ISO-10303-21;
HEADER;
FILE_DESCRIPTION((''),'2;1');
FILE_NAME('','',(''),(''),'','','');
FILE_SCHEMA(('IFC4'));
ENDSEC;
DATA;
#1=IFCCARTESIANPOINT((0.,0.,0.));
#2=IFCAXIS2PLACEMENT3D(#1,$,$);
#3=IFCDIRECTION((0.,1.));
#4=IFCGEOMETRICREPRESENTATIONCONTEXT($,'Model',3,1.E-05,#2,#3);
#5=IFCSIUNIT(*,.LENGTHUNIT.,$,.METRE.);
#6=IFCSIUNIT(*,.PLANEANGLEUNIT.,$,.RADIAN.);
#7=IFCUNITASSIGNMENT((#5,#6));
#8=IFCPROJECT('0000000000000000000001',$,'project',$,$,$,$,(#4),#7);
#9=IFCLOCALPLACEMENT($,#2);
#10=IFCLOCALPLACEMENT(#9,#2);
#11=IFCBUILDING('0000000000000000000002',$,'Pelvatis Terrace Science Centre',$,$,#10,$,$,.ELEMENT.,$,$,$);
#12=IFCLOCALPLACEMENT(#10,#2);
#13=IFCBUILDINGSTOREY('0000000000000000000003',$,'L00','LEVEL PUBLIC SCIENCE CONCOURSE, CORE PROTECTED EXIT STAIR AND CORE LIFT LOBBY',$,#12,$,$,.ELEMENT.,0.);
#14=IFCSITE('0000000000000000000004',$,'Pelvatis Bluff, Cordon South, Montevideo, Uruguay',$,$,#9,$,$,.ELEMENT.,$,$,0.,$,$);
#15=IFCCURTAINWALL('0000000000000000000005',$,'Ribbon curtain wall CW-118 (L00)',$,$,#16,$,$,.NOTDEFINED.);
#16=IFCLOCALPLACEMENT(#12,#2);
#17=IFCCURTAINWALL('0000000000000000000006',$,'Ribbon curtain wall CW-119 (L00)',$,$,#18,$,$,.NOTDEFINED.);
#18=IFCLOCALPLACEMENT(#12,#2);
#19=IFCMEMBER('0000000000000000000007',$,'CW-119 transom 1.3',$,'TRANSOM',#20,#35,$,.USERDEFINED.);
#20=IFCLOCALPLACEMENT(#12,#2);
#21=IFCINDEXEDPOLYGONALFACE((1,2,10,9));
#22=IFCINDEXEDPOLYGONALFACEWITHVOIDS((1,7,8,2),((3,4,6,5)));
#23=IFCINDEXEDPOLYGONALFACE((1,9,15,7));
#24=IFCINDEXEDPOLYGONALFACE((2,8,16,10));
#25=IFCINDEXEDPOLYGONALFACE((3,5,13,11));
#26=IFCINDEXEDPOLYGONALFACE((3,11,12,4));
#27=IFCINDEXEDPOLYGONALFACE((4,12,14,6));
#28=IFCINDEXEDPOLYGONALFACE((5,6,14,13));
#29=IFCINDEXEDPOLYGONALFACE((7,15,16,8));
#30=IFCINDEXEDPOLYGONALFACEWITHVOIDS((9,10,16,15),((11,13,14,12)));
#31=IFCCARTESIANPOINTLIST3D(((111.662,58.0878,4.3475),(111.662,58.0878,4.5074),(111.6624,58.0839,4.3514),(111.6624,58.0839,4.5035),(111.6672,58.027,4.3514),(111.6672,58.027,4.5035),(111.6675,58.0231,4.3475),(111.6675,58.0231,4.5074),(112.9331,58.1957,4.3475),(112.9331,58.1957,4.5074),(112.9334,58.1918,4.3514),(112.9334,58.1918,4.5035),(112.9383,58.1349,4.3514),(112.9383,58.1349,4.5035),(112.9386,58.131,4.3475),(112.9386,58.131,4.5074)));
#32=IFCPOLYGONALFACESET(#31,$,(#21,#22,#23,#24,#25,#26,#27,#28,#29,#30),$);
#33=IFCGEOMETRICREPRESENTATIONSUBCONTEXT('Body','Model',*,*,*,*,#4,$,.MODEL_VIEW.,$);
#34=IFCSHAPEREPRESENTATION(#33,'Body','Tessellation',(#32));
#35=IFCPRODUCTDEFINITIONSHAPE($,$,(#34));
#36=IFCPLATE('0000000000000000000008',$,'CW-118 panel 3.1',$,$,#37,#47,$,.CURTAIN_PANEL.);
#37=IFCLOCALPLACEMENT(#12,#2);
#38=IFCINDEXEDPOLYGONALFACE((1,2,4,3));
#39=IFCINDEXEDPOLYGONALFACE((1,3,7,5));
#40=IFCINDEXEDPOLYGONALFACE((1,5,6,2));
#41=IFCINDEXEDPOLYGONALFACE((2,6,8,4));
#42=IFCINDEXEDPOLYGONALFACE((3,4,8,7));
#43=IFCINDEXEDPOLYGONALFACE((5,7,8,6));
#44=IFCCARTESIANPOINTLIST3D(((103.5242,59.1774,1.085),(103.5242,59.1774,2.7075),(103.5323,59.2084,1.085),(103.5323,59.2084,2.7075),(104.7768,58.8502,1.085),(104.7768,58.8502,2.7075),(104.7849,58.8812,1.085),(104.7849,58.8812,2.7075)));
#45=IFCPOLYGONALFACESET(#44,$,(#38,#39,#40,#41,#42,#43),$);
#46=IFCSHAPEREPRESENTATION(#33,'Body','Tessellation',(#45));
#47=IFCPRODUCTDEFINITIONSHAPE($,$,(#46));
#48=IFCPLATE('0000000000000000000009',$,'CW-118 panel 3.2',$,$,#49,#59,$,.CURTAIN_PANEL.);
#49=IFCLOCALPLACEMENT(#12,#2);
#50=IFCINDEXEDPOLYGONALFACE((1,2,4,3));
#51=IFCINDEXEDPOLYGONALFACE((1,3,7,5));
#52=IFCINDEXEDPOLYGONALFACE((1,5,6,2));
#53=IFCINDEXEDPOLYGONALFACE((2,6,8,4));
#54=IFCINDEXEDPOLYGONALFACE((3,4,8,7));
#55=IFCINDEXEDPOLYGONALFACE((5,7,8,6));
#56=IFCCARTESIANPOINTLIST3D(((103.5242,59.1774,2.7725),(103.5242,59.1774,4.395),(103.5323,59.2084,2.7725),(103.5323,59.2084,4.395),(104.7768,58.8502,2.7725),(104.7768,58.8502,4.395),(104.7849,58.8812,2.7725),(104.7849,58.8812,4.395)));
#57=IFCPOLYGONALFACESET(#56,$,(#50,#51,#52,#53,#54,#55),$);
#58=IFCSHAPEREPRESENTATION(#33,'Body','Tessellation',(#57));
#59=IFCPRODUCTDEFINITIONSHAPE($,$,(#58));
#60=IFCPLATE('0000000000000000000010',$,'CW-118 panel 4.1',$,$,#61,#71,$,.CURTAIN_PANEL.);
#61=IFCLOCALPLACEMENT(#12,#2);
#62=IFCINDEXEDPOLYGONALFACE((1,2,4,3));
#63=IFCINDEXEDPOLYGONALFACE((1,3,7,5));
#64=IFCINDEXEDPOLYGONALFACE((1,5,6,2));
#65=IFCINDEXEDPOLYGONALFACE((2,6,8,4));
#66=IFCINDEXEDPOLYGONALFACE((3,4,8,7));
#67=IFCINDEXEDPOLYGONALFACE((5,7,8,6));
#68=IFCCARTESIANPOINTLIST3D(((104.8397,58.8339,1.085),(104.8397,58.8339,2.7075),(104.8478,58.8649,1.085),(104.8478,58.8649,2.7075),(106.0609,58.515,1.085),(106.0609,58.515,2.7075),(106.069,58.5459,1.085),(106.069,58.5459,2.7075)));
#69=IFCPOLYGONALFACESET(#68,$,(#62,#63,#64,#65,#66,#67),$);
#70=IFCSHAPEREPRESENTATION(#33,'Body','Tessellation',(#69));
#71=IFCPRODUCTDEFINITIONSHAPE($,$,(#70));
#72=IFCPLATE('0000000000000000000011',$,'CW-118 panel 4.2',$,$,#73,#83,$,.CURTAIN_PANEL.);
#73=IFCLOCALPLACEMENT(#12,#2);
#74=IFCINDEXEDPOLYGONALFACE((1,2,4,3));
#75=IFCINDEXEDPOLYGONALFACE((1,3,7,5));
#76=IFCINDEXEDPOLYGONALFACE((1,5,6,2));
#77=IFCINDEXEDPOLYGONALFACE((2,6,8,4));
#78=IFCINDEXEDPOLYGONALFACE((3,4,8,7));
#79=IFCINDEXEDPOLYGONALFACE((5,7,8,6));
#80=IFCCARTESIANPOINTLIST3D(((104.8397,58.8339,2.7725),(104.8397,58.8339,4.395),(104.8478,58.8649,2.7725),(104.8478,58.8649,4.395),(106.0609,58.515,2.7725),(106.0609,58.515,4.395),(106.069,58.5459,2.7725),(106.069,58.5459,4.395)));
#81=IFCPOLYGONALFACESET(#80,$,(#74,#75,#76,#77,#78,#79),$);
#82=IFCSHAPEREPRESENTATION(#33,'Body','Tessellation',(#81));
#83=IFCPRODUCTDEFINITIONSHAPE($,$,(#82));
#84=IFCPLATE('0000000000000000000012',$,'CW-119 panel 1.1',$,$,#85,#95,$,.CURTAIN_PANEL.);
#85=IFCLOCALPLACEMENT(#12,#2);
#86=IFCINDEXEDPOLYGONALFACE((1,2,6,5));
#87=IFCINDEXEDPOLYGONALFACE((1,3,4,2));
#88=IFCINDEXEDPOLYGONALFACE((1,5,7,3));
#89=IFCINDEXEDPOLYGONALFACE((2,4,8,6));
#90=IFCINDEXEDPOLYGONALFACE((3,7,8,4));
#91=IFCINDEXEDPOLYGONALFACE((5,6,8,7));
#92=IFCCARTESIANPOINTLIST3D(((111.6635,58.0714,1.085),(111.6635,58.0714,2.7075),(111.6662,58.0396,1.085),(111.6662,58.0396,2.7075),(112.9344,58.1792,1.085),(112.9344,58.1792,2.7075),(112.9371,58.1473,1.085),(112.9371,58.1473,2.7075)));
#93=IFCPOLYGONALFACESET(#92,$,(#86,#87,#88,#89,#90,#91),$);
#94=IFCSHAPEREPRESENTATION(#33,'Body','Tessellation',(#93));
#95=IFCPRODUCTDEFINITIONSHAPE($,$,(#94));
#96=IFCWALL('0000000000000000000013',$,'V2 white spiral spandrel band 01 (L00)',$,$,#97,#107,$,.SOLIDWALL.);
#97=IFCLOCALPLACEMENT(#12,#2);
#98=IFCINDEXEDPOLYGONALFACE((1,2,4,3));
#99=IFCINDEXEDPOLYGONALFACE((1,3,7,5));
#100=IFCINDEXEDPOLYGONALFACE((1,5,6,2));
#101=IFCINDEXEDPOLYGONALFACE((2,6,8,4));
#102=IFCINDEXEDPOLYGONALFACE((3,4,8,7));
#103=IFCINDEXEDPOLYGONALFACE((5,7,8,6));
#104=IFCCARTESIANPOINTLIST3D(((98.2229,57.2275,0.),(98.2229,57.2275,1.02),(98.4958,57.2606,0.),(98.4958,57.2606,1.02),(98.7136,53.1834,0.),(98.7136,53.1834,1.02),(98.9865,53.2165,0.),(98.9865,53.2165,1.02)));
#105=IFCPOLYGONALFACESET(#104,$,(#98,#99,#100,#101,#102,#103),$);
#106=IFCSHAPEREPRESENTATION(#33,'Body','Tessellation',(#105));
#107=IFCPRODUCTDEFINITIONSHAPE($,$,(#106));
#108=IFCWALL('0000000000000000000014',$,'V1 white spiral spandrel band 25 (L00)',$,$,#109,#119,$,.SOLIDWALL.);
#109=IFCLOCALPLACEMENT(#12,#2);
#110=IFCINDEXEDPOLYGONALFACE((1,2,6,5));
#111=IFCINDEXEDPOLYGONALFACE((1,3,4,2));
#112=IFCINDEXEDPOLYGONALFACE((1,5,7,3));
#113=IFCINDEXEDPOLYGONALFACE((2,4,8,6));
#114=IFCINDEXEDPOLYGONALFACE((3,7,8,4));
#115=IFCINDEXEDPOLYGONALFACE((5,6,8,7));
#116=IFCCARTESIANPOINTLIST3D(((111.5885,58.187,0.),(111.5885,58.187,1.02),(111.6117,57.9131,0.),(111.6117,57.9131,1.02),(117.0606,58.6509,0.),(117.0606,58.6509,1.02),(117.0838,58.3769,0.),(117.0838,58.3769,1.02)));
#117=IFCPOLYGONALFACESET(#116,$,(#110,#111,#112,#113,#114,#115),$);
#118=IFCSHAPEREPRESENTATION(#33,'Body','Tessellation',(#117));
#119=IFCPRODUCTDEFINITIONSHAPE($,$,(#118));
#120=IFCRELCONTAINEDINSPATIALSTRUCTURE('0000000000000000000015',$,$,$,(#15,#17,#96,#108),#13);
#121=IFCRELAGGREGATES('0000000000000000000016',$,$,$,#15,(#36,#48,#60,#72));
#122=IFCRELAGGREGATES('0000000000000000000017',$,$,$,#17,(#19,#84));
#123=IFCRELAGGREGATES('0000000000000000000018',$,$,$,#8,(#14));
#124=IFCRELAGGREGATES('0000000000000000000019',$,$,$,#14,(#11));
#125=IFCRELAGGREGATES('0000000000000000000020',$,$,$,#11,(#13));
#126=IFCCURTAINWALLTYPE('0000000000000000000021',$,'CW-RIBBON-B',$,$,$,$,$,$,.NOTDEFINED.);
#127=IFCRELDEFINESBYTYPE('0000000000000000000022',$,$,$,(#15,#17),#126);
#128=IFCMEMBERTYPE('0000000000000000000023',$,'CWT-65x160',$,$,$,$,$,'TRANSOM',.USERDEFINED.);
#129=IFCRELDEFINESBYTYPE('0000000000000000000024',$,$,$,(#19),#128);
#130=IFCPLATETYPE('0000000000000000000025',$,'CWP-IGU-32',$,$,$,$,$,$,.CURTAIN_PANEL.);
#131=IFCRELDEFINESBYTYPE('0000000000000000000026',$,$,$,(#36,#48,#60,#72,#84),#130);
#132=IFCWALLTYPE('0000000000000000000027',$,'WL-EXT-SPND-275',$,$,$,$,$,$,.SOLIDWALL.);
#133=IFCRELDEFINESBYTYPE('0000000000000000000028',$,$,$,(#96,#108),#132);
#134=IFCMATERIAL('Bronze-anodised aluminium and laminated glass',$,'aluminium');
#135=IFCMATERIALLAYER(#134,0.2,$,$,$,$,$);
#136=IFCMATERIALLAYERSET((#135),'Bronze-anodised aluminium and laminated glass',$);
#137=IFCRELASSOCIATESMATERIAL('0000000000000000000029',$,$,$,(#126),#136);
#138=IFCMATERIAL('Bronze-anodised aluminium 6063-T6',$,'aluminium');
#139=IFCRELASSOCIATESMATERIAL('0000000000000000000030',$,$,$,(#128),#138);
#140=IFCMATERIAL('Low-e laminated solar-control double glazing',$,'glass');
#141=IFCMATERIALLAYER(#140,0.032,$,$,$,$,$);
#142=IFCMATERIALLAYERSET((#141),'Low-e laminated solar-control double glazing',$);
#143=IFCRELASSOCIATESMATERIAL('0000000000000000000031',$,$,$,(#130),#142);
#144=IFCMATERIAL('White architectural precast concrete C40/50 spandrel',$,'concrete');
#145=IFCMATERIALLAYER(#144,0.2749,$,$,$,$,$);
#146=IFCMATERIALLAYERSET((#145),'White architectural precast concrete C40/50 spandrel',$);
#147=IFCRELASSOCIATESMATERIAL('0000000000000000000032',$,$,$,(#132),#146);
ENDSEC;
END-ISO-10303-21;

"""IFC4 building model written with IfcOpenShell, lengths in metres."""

from ifc_helpers import new_model, si_unit, direction, frame, frame_2d, origin, origin_2d, place, context, subcontext, project, spatial, rectangle, hollow_rectangle, extrude, material, layer, layer_set, material_profile, profile_set, type_object, element, aggregate, save


model = new_model("IFC4")

# Units and contexts
model_context = context("Model", 3, precision=1e-05, world=origin(), true_north=direction((0.0, 1.0)))
body_context = subcontext(model_context, "Body", "Model", "MODEL_VIEW")
ifc_project = project(units=[si_unit("LENGTHUNIT", "METRE"), si_unit("PLANEANGLEUNIT", "RADIAN")], contexts=[model_context])

# Site, building, storey
site_placement = place(None, origin())
site = spatial("IfcSite", under=ifc_project, at=site_placement, Name="Pelvatis Bluff, Cordon South, Montevideo, Uruguay", CompositionType="ELEMENT", RefElevation=0.0)
building_placement = place(site_placement, origin())
building = spatial("IfcBuilding", under=site, at=building_placement, Name="Pelvatis Terrace Science Centre", CompositionType="ELEMENT")
storey_placement = place(building_placement, origin())
storey = spatial("IfcBuildingStorey", under=building, at=storey_placement, Name="L00", Description="LEVEL PUBLIC SCIENCE CONCOURSE, CORE PROTECTED EXIT STAIR AND CORE LIFT LOBBY", CompositionType="ELEMENT", Elevation=0.0)

# Shared definitions
ifc_material_1 = material(Name="Bronze-anodised aluminium and laminated glass", Category="aluminium")
ifc_layer_1 = layer(ifc_material_1, 0.2)
ifc_layer_set_1 = layer_set([ifc_layer_1], Name="Bronze-anodised aluminium and laminated glass")
curtain_wall_type = type_object("IfcCurtainWallType", Name="CW-RIBBON-B", PredefinedType="NOTDEFINED", material=ifc_layer_set_1)

# Curtain wall
curtain_wall_1_placement = place(storey_placement, origin())
curtain_wall_1 = element("IfcCurtainWall", 1, at=curtain_wall_1_placement, inside=storey, type_object=curtain_wall_type, Name="Ribbon curtain wall CW-118 (L00)", PredefinedType="NOTDEFINED")

# Curtain wall
curtain_wall_2_placement = place(storey_placement, origin())
curtain_wall_2 = element("IfcCurtainWall", 2, at=curtain_wall_2_placement, inside=storey, type_object=curtain_wall_type, Name="Ribbon curtain wall CW-119 (L00)", PredefinedType="NOTDEFINED")

# Member
ifc_material_2 = material(Name="Bronze-anodised aluminium 6063-T6", Category="aluminium")
ifc_material_profile_1 = material_profile(ifc_material_2, hollow_rectangle(XDim=0.0649, YDim=0.1599, WallThickness=0.0039, at=origin_2d()), Name="ALU-TRN 65x160")
ifc_profile_set_1 = profile_set([ifc_material_profile_1], Name="Bronze-anodised aluminium 6063-T6")
member_type_1 = type_object("IfcMemberType", Name="CWT-65x160", ElementType="TRANSOM", PredefinedType="USERDEFINED", material=ifc_profile_set_1)
member_1_placement = place(storey_placement, frame((111.6648, 58.0554, 4.4275), z_axis=(0.996415, 0.084598, 0.0), x_axis=(-0.084598, 0.996415, 0.0)))
member_1 = element("IfcMember", 3, at=member_1_placement, type_object=member_type_1, Name="CW-119 transom 1.3", ObjectType="TRANSOM", PredefinedType="USERDEFINED", context=body_context, shape_type="SweptSolid", body=[
    extrude(hollow_rectangle(XDim=0.0649, YDim=0.1599, WallThickness=0.0039, at=origin_2d()), origin(), (0.0, 0.0, 1.0), 1.2756),
])

# Plates
ifc_material_3 = material(Name="Low-e laminated solar-control double glazing", Category="glass")
ifc_layer_2 = layer(ifc_material_3, 0.032)
ifc_layer_set_2 = layer_set([ifc_layer_2], Name="Low-e laminated solar-control double glazing")
plate_type = type_object("IfcPlateType", Name="CWP-IGU-32", PredefinedType="CURTAIN_PANEL", material=ifc_layer_set_2)
plate_1_placement = place(storey_placement, frame((104.1545, 59.0293, 1.085), z_axis=(0.0, 0.0, 1.0), x_axis=(0.967545, -0.252698, 0.0)))
plate_1 = element("IfcPlate", 4, at=plate_1_placement, type_object=plate_type, Name="CW-118 panel 3.1", PredefinedType="CURTAIN_PANEL", context=body_context, shape_type="SweptSolid", body=[
    extrude(rectangle(XDim=1.2947, YDim=0.032, at=origin_2d()), origin(), (0.0, 0.0, 1.0), 1.6226),
])
plate_2_placement = place(storey_placement, frame((104.1545, 59.0293, 2.7725), z_axis=(0.0, 0.0, 1.0), x_axis=(0.967545, -0.252698, 0.0)))
plate_2 = element("IfcPlate", 5, at=plate_2_placement, type_object=plate_type, Name="CW-118 panel 3.2", PredefinedType="CURTAIN_PANEL", context=body_context, shape_type="SweptSolid", body=[
    extrude(rectangle(XDim=1.2947, YDim=0.032, at=origin_2d()), origin(), (0.0, 0.0, 1.0), 1.6226),
])
plate_3_placement = place(storey_placement, frame((105.4543, 58.6899, 1.085), z_axis=(0.0, 0.0, 1.0), x_axis=(0.967545, -0.252698, 0.0)))
plate_3 = element("IfcPlate", 6, at=plate_3_placement, type_object=plate_type, Name="CW-118 panel 4.1", PredefinedType="CURTAIN_PANEL", context=body_context, shape_type="SweptSolid", body=[
    extrude(rectangle(XDim=1.2622, YDim=0.032, at=origin_2d()), origin(), (0.0, 0.0, 1.0), 1.6226),
])
plate_4_placement = place(storey_placement, frame((105.4543, 58.6899, 2.7725), z_axis=(0.0, 0.0, 1.0), x_axis=(0.967545, -0.252698, 0.0)))
plate_4 = element("IfcPlate", 7, at=plate_4_placement, type_object=plate_type, Name="CW-118 panel 4.2", PredefinedType="CURTAIN_PANEL", context=body_context, shape_type="SweptSolid", body=[
    extrude(rectangle(XDim=1.2622, YDim=0.032, at=origin_2d()), origin(), (0.0, 0.0, 1.0), 1.6226),
])
aggregate(curtain_wall_1, [plate_1, plate_2, plate_3, plate_4])
plate_5_placement = place(storey_placement, frame((112.3003, 58.1094, 1.085), z_axis=(0.0, 0.0, 1.0), x_axis=(0.996425, 0.084488, 0.0)))
plate_5 = element("IfcPlate", 8, at=plate_5_placement, type_object=plate_type, Name="CW-119 panel 1.1", PredefinedType="CURTAIN_PANEL", context=body_context, shape_type="SweptSolid", body=[
    extrude(rectangle(XDim=1.2754, YDim=0.032, at=origin_2d()), origin(), (0.0, 0.0, 1.0), 1.6226),
])
aggregate(curtain_wall_2, [member_1, plate_5])

# Wall
ifc_material_4 = material(Name="White architectural precast concrete C40/50 spandrel", Category="concrete")
ifc_layer_3 = layer(ifc_material_4, 0.2749)
ifc_layer_set_3 = layer_set([ifc_layer_3], Name="White architectural precast concrete C40/50 spandrel")
wall_type = type_object("IfcWallType", Name="WL-EXT-SPND-275", PredefinedType="SOLIDWALL", material=ifc_layer_set_3)
wall_1_placement = place(storey_placement, frame((98.8501, 53.2, 0.0), z_axis=(0.0, 0.0, 1.0), x_axis=(-0.120464, 0.992718, 0.0)))
element("IfcWall", 9, at=wall_1_placement, inside=storey, type_object=wall_type, Name="V2 white spiral spandrel band 01 (L00)", PredefinedType="SOLIDWALL", context=body_context, shape_type="SweptSolid", body=[
    extrude(rectangle(XDim=4.0737, YDim=0.2749, at=frame_2d((2.0369, 0.0))), origin(), (0.0, 0.0, 1.0), 1.02),
])

# Wall
wall_2_placement = place(storey_placement, frame((111.6001, 58.05, 0.0), z_axis=(0.0, 0.0, 1.0), x_axis=(0.996426, 0.084466, 0.0)))
element("IfcWall", 10, at=wall_2_placement, inside=storey, type_object=wall_type, Name="V1 white spiral spandrel band 25 (L00)", PredefinedType="SOLIDWALL", context=body_context, shape_type="SweptSolid", body=[
    extrude(rectangle(XDim=5.4917, YDim=0.2749, at=frame_2d((2.7458, 0.0))), origin(), (0.0, 0.0, 1.0), 1.02),
])

save(model, "model.ifc")
